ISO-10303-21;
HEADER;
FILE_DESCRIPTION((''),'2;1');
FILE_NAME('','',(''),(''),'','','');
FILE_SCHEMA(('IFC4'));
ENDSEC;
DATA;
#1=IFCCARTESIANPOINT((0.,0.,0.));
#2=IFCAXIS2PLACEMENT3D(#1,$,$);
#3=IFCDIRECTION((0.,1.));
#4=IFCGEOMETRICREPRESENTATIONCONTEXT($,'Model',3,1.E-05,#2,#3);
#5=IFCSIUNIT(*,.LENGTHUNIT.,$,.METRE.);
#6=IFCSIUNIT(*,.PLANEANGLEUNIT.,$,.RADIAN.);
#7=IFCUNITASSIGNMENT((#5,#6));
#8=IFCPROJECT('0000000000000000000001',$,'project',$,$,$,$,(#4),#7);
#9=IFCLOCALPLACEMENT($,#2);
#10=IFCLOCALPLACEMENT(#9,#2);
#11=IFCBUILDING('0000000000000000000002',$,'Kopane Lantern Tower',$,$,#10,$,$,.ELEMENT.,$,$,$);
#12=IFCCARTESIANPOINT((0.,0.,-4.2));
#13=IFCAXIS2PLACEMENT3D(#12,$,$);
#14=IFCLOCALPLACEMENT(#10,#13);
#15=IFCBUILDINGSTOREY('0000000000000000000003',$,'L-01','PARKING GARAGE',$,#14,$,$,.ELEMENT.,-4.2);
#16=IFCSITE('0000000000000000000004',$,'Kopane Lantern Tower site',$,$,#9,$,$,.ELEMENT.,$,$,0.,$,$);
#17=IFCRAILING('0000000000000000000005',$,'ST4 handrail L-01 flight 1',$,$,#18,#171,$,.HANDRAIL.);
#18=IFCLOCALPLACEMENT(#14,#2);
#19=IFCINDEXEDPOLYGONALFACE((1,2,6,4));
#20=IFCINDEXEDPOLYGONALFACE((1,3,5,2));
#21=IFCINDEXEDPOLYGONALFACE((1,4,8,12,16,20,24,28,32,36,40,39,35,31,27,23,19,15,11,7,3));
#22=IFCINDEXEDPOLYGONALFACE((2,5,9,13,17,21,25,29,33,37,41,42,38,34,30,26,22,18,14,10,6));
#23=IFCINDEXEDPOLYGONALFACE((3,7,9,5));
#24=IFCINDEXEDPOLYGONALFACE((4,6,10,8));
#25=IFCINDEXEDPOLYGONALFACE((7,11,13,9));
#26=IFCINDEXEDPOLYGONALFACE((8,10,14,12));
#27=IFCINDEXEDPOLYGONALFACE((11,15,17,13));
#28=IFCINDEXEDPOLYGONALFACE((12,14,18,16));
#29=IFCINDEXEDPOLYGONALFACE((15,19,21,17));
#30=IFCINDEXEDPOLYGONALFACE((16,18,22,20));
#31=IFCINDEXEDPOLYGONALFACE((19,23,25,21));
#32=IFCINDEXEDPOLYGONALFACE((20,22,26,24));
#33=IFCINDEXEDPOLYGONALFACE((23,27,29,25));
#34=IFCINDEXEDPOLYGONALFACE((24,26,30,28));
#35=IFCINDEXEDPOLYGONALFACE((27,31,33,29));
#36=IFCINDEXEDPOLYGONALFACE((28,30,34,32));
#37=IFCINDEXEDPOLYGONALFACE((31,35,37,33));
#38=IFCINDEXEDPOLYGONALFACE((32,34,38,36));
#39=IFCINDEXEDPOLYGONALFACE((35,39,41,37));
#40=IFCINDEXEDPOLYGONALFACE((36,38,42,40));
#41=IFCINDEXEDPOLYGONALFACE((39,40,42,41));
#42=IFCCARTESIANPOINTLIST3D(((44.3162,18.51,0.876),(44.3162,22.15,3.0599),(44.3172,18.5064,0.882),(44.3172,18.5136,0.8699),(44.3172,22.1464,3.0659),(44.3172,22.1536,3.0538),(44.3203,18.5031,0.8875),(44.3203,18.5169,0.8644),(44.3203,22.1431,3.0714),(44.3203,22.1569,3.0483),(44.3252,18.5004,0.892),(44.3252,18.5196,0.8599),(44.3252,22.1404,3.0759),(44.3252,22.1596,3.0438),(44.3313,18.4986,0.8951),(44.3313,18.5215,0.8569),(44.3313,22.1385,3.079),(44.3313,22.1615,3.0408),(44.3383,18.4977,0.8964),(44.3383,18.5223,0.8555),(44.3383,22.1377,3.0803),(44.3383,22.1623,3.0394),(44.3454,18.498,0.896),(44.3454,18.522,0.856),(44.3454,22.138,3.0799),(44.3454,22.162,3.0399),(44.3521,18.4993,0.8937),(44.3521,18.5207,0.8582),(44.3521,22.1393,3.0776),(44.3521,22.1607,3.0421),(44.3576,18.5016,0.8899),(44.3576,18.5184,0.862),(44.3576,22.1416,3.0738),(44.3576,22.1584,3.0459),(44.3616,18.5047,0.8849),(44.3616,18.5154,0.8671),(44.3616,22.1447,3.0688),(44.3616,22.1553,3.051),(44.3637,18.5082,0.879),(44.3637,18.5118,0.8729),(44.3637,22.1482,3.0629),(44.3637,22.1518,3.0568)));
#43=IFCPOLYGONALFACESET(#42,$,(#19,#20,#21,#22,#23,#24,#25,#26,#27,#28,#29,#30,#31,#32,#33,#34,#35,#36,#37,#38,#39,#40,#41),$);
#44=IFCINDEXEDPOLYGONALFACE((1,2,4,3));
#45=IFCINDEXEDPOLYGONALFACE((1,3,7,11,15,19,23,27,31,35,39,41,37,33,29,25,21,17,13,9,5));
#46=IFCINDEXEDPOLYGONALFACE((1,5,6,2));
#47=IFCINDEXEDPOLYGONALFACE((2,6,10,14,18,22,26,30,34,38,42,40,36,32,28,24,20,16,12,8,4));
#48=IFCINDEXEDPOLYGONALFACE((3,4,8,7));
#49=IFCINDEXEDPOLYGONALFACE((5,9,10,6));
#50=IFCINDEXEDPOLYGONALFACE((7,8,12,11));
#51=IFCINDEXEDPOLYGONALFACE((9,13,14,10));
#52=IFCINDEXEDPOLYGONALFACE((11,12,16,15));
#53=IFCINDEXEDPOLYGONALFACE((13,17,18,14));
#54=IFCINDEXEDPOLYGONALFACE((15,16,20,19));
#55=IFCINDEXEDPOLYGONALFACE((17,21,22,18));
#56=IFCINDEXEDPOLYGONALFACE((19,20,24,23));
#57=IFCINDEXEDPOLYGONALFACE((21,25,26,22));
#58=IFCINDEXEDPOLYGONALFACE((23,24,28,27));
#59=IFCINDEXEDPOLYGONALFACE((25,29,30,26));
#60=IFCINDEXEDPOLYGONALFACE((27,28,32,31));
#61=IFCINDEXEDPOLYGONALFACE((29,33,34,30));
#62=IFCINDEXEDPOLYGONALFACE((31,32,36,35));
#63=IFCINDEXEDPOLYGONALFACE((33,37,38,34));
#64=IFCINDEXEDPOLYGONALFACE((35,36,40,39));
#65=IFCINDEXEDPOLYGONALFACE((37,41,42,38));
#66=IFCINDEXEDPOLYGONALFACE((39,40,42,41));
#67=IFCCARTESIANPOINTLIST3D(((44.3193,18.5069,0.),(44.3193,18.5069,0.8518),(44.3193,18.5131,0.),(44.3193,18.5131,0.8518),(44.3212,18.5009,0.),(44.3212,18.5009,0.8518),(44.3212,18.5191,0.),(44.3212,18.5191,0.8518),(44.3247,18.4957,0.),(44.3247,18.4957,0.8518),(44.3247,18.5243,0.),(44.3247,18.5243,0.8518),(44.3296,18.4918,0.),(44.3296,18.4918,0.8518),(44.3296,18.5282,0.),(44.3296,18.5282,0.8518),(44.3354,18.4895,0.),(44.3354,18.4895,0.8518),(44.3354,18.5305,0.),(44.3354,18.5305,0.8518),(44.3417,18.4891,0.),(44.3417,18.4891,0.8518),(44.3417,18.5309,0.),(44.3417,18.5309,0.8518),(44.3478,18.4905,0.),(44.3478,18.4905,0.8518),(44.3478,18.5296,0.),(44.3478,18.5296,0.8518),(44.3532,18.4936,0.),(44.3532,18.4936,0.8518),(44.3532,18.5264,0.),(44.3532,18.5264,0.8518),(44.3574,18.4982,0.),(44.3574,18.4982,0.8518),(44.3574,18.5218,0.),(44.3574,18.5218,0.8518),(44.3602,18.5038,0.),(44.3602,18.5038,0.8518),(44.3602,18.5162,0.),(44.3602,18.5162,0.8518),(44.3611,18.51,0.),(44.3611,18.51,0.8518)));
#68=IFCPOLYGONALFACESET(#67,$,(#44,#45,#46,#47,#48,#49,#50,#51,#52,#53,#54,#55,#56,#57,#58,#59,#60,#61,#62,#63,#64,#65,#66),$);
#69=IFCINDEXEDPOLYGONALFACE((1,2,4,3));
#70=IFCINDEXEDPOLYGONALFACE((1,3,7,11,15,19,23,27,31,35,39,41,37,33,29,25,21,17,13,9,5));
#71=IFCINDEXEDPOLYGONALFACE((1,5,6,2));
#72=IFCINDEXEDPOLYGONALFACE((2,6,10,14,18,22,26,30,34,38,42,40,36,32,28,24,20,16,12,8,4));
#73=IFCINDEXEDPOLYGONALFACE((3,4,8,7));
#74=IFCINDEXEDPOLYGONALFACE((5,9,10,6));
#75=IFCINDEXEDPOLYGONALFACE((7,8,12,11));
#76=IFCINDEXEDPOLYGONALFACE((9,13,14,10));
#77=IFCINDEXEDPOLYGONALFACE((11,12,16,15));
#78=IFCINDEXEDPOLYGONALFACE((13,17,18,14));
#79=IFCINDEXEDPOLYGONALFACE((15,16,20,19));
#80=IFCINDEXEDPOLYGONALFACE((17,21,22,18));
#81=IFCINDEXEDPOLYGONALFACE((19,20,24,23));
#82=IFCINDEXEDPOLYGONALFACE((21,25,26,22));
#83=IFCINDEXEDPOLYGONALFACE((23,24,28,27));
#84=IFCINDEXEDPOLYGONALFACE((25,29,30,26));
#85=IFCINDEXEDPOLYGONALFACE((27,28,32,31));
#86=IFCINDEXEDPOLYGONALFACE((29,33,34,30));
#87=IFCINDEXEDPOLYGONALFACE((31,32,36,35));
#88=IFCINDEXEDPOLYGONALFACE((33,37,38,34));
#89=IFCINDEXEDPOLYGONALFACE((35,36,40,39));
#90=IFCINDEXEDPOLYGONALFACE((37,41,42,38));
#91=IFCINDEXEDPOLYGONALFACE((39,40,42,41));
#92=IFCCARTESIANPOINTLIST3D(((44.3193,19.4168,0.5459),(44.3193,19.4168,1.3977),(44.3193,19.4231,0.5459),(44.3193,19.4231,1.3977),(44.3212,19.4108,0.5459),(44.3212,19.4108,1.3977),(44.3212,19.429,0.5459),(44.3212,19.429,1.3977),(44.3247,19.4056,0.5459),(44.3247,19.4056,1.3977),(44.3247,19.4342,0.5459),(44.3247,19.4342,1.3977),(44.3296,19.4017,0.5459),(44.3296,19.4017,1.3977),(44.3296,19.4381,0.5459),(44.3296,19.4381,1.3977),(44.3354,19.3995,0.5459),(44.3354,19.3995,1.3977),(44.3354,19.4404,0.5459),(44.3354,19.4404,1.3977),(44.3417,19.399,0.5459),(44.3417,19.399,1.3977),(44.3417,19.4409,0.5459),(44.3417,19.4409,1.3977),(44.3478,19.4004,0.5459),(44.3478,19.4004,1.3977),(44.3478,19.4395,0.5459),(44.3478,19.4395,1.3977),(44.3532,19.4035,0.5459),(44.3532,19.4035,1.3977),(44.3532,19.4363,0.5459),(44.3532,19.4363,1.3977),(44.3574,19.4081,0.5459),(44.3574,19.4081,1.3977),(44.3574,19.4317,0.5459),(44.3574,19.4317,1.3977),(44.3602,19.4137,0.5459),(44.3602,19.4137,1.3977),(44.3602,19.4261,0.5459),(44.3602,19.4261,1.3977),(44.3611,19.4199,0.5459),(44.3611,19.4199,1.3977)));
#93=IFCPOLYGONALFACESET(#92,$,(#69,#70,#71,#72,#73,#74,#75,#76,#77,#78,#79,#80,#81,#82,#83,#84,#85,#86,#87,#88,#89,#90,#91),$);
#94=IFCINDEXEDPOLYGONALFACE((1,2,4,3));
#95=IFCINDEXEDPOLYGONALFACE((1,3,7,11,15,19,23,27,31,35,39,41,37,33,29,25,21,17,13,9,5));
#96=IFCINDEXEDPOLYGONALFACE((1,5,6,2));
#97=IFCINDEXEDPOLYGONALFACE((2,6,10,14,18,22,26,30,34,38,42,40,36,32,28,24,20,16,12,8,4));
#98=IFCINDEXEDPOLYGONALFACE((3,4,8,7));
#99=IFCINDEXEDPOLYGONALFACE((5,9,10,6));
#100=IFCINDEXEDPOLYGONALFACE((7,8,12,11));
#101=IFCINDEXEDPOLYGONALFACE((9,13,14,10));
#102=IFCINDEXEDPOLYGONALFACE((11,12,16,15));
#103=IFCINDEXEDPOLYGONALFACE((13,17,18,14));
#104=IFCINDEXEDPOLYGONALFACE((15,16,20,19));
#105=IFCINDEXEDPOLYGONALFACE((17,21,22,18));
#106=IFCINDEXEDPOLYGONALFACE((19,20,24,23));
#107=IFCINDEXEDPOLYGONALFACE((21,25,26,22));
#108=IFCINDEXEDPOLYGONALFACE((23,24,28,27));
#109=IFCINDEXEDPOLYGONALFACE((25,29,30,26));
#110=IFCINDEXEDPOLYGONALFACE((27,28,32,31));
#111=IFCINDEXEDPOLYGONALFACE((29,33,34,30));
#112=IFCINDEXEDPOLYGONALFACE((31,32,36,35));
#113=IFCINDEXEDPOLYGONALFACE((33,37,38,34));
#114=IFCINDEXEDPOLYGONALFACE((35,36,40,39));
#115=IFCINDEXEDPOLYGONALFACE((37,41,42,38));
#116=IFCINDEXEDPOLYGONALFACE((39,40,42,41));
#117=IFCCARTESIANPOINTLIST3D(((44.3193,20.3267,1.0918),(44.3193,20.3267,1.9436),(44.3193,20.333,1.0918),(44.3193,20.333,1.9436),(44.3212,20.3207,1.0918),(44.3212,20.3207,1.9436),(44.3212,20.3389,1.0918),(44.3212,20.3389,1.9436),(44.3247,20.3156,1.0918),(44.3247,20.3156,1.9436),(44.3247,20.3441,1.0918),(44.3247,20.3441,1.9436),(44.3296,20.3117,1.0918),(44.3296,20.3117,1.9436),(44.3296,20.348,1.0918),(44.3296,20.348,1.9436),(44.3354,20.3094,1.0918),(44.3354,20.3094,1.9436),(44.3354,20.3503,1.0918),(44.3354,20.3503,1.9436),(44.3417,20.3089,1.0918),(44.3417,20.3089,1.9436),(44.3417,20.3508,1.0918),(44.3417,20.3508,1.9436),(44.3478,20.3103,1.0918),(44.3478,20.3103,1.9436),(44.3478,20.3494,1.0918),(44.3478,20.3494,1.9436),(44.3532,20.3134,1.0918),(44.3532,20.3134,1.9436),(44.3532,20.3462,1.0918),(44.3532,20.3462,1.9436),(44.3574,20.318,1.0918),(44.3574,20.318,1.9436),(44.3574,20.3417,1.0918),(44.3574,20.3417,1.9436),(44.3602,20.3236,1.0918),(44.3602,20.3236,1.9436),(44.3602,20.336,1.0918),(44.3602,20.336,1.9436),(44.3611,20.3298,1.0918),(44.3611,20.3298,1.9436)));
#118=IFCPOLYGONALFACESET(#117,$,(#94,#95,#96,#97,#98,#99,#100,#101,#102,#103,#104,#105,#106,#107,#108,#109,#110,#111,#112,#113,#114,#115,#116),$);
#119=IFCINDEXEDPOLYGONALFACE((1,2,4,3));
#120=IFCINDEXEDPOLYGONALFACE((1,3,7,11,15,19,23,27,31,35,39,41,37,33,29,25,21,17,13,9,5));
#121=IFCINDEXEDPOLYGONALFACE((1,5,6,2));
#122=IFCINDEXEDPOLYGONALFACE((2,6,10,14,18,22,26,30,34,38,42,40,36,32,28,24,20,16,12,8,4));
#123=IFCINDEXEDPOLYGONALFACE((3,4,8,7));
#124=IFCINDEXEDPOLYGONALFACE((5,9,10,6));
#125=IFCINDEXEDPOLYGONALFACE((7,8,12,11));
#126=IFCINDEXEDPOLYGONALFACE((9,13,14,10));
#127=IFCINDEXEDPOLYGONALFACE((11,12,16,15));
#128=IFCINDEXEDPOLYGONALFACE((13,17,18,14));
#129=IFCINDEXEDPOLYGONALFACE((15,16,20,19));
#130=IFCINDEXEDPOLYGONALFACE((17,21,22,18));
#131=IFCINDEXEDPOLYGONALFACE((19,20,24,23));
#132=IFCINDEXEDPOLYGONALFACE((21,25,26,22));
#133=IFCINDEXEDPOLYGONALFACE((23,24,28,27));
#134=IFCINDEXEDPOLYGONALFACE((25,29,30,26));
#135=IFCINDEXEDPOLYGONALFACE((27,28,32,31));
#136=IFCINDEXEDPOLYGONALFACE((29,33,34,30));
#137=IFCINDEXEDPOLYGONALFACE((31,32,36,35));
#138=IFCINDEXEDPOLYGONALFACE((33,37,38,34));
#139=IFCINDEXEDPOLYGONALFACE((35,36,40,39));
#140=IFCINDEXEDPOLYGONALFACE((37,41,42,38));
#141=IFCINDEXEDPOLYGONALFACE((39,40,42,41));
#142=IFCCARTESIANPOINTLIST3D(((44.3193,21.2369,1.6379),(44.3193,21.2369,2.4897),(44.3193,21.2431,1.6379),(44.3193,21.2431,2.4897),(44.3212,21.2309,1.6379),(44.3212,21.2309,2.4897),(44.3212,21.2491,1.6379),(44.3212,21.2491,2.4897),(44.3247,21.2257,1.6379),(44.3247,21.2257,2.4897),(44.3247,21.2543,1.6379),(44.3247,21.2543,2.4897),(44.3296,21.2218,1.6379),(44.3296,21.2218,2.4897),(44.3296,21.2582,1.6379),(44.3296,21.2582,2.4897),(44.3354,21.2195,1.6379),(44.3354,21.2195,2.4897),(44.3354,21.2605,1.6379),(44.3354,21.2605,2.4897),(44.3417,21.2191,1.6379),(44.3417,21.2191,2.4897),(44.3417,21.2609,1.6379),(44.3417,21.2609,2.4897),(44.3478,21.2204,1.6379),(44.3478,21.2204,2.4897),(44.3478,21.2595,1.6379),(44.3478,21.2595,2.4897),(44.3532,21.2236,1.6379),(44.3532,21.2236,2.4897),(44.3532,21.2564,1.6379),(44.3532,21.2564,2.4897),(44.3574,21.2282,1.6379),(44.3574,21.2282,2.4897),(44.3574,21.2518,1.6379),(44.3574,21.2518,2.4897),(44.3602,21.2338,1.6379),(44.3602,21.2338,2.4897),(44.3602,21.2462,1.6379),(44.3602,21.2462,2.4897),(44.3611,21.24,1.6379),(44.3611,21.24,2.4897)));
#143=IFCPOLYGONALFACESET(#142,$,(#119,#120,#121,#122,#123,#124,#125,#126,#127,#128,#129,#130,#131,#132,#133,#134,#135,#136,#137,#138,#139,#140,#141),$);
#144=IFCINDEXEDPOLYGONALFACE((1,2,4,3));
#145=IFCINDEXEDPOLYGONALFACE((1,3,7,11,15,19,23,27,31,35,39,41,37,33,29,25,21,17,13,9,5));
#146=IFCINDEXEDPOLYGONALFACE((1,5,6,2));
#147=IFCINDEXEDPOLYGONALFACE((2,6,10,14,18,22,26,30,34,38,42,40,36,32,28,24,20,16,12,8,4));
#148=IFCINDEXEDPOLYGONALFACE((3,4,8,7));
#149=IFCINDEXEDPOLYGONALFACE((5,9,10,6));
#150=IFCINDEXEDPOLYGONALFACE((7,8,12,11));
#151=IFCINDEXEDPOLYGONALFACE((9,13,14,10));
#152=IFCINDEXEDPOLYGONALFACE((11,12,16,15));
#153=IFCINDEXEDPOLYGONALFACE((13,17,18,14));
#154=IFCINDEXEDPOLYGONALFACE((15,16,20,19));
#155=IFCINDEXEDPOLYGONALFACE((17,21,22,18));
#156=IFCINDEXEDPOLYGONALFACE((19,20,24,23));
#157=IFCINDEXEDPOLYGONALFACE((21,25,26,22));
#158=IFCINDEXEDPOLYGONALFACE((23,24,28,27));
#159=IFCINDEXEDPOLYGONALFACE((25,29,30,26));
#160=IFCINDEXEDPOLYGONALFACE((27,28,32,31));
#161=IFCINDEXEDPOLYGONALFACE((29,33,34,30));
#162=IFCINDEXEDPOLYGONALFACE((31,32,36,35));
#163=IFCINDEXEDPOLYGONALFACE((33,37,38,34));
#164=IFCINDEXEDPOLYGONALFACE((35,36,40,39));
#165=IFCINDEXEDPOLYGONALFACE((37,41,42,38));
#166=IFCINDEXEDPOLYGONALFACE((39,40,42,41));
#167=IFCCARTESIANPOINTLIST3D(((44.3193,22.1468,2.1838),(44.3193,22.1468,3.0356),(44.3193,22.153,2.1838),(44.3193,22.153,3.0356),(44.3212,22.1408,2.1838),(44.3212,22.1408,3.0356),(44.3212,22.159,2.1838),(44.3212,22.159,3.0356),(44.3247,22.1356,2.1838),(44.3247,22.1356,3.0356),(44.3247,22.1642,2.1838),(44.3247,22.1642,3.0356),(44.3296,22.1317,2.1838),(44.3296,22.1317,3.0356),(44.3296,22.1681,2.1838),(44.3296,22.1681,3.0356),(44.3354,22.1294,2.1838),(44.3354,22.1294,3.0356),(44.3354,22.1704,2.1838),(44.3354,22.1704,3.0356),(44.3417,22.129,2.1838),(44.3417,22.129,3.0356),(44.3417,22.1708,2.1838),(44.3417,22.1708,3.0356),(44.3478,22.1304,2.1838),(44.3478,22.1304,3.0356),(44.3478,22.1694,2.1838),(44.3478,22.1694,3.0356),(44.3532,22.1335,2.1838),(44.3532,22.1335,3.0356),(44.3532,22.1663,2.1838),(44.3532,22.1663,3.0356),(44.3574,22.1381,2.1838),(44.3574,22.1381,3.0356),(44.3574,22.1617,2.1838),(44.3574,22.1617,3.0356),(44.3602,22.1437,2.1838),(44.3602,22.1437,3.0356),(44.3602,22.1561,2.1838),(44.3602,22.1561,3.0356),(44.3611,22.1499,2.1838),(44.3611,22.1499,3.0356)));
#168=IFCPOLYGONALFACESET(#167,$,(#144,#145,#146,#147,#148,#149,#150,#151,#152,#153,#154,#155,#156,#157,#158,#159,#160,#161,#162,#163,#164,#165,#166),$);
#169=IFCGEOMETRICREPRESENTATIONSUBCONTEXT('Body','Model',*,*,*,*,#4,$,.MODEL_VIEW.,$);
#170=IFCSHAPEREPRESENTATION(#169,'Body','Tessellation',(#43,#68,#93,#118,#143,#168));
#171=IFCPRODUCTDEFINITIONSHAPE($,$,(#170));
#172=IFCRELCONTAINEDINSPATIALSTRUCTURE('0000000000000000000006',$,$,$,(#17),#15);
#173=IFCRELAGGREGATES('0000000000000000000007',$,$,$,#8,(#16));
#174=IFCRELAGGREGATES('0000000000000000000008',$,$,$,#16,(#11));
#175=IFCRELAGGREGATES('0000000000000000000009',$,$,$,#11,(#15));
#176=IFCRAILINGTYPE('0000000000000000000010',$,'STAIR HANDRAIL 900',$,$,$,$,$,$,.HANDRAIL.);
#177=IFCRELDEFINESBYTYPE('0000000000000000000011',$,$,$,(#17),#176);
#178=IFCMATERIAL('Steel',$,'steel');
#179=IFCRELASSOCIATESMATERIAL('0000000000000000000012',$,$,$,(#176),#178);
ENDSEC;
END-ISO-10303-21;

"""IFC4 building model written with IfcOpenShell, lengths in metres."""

from ifc_helpers import new_model, si_unit, direction, frame, origin, origin_2d, place, context, subcontext, project, spatial, circle, extrude, material, type_object, element, save


model = new_model("IFC4")

# Units and contexts
model_context = context("Model", 3, precision=1e-05, world=origin(), true_north=direction((0.0, 1.0)))
body_context = subcontext(model_context, "Body", "Model", "MODEL_VIEW")
ifc_project = project(units=[si_unit("LENGTHUNIT", "METRE"), si_unit("PLANEANGLEUNIT", "RADIAN")], contexts=[model_context])

# Site, building, storey
site_placement = place(None, origin())
site = spatial("IfcSite", under=ifc_project, at=site_placement, Name="Kopane Lantern Tower site", CompositionType="ELEMENT", RefElevation=0.0)
building_placement = place(site_placement, origin())
building = spatial("IfcBuilding", under=site, at=building_placement, Name="Kopane Lantern Tower", CompositionType="ELEMENT")
storey_placement = place(building_placement, frame((0.0, 0.0, -4.2)))
storey = spatial("IfcBuildingStorey", under=building, at=storey_placement, Name="L-01", Description="PARKING GARAGE", CompositionType="ELEMENT", Elevation=-4.2)

# Railing
ifc_material_1 = material(Name="Steel", Category="steel")
railing_type = type_object("IfcRailingType", Name="STAIR HANDRAIL 900", PredefinedType="HANDRAIL", material=ifc_material_1)
for number, where, name in (
    (1, (44.3401, 18.51, 0.0), "ST4 handrail L-01 flight 1"),
):
    element("IfcRailing", number, at=place(storey_placement, frame(where)), inside=storey, type_object=railing_type, Name=name, PredefinedType="HANDRAIL", context=body_context, shape_type="SweptSolid", body=[
        extrude(circle(Radius=0.0239, at=origin_2d()), frame((0.0, 0.0, 0.876), z_axis=(0.0, 0.857503, 0.514479), x_axis=(-1.0, 0.0, 0.0)), (0.0, 0.0, 1.0), 4.2449),
        extrude(circle(Radius=0.021, at=origin_2d()), origin(), (0.0, 0.0, 1.0), 0.8518),
        extrude(circle(Radius=0.021, at=origin_2d()), frame((0.0, 0.9099, 0.5459)), (0.0, 0.0, 1.0), 0.8518),
        extrude(circle(Radius=0.021, at=origin_2d()), frame((0.0, 1.8198, 1.0918)), (0.0, 0.0, 1.0), 0.8518),
        extrude(circle(Radius=0.021, at=origin_2d()), frame((0.0, 2.73, 1.6379)), (0.0, 0.0, 1.0), 0.8518),
        extrude(circle(Radius=0.021, at=origin_2d()), frame((0.0, 3.6399, 2.1838)), (0.0, 0.0, 1.0), 0.8518),
    ])

save(model, "model.ifc")
